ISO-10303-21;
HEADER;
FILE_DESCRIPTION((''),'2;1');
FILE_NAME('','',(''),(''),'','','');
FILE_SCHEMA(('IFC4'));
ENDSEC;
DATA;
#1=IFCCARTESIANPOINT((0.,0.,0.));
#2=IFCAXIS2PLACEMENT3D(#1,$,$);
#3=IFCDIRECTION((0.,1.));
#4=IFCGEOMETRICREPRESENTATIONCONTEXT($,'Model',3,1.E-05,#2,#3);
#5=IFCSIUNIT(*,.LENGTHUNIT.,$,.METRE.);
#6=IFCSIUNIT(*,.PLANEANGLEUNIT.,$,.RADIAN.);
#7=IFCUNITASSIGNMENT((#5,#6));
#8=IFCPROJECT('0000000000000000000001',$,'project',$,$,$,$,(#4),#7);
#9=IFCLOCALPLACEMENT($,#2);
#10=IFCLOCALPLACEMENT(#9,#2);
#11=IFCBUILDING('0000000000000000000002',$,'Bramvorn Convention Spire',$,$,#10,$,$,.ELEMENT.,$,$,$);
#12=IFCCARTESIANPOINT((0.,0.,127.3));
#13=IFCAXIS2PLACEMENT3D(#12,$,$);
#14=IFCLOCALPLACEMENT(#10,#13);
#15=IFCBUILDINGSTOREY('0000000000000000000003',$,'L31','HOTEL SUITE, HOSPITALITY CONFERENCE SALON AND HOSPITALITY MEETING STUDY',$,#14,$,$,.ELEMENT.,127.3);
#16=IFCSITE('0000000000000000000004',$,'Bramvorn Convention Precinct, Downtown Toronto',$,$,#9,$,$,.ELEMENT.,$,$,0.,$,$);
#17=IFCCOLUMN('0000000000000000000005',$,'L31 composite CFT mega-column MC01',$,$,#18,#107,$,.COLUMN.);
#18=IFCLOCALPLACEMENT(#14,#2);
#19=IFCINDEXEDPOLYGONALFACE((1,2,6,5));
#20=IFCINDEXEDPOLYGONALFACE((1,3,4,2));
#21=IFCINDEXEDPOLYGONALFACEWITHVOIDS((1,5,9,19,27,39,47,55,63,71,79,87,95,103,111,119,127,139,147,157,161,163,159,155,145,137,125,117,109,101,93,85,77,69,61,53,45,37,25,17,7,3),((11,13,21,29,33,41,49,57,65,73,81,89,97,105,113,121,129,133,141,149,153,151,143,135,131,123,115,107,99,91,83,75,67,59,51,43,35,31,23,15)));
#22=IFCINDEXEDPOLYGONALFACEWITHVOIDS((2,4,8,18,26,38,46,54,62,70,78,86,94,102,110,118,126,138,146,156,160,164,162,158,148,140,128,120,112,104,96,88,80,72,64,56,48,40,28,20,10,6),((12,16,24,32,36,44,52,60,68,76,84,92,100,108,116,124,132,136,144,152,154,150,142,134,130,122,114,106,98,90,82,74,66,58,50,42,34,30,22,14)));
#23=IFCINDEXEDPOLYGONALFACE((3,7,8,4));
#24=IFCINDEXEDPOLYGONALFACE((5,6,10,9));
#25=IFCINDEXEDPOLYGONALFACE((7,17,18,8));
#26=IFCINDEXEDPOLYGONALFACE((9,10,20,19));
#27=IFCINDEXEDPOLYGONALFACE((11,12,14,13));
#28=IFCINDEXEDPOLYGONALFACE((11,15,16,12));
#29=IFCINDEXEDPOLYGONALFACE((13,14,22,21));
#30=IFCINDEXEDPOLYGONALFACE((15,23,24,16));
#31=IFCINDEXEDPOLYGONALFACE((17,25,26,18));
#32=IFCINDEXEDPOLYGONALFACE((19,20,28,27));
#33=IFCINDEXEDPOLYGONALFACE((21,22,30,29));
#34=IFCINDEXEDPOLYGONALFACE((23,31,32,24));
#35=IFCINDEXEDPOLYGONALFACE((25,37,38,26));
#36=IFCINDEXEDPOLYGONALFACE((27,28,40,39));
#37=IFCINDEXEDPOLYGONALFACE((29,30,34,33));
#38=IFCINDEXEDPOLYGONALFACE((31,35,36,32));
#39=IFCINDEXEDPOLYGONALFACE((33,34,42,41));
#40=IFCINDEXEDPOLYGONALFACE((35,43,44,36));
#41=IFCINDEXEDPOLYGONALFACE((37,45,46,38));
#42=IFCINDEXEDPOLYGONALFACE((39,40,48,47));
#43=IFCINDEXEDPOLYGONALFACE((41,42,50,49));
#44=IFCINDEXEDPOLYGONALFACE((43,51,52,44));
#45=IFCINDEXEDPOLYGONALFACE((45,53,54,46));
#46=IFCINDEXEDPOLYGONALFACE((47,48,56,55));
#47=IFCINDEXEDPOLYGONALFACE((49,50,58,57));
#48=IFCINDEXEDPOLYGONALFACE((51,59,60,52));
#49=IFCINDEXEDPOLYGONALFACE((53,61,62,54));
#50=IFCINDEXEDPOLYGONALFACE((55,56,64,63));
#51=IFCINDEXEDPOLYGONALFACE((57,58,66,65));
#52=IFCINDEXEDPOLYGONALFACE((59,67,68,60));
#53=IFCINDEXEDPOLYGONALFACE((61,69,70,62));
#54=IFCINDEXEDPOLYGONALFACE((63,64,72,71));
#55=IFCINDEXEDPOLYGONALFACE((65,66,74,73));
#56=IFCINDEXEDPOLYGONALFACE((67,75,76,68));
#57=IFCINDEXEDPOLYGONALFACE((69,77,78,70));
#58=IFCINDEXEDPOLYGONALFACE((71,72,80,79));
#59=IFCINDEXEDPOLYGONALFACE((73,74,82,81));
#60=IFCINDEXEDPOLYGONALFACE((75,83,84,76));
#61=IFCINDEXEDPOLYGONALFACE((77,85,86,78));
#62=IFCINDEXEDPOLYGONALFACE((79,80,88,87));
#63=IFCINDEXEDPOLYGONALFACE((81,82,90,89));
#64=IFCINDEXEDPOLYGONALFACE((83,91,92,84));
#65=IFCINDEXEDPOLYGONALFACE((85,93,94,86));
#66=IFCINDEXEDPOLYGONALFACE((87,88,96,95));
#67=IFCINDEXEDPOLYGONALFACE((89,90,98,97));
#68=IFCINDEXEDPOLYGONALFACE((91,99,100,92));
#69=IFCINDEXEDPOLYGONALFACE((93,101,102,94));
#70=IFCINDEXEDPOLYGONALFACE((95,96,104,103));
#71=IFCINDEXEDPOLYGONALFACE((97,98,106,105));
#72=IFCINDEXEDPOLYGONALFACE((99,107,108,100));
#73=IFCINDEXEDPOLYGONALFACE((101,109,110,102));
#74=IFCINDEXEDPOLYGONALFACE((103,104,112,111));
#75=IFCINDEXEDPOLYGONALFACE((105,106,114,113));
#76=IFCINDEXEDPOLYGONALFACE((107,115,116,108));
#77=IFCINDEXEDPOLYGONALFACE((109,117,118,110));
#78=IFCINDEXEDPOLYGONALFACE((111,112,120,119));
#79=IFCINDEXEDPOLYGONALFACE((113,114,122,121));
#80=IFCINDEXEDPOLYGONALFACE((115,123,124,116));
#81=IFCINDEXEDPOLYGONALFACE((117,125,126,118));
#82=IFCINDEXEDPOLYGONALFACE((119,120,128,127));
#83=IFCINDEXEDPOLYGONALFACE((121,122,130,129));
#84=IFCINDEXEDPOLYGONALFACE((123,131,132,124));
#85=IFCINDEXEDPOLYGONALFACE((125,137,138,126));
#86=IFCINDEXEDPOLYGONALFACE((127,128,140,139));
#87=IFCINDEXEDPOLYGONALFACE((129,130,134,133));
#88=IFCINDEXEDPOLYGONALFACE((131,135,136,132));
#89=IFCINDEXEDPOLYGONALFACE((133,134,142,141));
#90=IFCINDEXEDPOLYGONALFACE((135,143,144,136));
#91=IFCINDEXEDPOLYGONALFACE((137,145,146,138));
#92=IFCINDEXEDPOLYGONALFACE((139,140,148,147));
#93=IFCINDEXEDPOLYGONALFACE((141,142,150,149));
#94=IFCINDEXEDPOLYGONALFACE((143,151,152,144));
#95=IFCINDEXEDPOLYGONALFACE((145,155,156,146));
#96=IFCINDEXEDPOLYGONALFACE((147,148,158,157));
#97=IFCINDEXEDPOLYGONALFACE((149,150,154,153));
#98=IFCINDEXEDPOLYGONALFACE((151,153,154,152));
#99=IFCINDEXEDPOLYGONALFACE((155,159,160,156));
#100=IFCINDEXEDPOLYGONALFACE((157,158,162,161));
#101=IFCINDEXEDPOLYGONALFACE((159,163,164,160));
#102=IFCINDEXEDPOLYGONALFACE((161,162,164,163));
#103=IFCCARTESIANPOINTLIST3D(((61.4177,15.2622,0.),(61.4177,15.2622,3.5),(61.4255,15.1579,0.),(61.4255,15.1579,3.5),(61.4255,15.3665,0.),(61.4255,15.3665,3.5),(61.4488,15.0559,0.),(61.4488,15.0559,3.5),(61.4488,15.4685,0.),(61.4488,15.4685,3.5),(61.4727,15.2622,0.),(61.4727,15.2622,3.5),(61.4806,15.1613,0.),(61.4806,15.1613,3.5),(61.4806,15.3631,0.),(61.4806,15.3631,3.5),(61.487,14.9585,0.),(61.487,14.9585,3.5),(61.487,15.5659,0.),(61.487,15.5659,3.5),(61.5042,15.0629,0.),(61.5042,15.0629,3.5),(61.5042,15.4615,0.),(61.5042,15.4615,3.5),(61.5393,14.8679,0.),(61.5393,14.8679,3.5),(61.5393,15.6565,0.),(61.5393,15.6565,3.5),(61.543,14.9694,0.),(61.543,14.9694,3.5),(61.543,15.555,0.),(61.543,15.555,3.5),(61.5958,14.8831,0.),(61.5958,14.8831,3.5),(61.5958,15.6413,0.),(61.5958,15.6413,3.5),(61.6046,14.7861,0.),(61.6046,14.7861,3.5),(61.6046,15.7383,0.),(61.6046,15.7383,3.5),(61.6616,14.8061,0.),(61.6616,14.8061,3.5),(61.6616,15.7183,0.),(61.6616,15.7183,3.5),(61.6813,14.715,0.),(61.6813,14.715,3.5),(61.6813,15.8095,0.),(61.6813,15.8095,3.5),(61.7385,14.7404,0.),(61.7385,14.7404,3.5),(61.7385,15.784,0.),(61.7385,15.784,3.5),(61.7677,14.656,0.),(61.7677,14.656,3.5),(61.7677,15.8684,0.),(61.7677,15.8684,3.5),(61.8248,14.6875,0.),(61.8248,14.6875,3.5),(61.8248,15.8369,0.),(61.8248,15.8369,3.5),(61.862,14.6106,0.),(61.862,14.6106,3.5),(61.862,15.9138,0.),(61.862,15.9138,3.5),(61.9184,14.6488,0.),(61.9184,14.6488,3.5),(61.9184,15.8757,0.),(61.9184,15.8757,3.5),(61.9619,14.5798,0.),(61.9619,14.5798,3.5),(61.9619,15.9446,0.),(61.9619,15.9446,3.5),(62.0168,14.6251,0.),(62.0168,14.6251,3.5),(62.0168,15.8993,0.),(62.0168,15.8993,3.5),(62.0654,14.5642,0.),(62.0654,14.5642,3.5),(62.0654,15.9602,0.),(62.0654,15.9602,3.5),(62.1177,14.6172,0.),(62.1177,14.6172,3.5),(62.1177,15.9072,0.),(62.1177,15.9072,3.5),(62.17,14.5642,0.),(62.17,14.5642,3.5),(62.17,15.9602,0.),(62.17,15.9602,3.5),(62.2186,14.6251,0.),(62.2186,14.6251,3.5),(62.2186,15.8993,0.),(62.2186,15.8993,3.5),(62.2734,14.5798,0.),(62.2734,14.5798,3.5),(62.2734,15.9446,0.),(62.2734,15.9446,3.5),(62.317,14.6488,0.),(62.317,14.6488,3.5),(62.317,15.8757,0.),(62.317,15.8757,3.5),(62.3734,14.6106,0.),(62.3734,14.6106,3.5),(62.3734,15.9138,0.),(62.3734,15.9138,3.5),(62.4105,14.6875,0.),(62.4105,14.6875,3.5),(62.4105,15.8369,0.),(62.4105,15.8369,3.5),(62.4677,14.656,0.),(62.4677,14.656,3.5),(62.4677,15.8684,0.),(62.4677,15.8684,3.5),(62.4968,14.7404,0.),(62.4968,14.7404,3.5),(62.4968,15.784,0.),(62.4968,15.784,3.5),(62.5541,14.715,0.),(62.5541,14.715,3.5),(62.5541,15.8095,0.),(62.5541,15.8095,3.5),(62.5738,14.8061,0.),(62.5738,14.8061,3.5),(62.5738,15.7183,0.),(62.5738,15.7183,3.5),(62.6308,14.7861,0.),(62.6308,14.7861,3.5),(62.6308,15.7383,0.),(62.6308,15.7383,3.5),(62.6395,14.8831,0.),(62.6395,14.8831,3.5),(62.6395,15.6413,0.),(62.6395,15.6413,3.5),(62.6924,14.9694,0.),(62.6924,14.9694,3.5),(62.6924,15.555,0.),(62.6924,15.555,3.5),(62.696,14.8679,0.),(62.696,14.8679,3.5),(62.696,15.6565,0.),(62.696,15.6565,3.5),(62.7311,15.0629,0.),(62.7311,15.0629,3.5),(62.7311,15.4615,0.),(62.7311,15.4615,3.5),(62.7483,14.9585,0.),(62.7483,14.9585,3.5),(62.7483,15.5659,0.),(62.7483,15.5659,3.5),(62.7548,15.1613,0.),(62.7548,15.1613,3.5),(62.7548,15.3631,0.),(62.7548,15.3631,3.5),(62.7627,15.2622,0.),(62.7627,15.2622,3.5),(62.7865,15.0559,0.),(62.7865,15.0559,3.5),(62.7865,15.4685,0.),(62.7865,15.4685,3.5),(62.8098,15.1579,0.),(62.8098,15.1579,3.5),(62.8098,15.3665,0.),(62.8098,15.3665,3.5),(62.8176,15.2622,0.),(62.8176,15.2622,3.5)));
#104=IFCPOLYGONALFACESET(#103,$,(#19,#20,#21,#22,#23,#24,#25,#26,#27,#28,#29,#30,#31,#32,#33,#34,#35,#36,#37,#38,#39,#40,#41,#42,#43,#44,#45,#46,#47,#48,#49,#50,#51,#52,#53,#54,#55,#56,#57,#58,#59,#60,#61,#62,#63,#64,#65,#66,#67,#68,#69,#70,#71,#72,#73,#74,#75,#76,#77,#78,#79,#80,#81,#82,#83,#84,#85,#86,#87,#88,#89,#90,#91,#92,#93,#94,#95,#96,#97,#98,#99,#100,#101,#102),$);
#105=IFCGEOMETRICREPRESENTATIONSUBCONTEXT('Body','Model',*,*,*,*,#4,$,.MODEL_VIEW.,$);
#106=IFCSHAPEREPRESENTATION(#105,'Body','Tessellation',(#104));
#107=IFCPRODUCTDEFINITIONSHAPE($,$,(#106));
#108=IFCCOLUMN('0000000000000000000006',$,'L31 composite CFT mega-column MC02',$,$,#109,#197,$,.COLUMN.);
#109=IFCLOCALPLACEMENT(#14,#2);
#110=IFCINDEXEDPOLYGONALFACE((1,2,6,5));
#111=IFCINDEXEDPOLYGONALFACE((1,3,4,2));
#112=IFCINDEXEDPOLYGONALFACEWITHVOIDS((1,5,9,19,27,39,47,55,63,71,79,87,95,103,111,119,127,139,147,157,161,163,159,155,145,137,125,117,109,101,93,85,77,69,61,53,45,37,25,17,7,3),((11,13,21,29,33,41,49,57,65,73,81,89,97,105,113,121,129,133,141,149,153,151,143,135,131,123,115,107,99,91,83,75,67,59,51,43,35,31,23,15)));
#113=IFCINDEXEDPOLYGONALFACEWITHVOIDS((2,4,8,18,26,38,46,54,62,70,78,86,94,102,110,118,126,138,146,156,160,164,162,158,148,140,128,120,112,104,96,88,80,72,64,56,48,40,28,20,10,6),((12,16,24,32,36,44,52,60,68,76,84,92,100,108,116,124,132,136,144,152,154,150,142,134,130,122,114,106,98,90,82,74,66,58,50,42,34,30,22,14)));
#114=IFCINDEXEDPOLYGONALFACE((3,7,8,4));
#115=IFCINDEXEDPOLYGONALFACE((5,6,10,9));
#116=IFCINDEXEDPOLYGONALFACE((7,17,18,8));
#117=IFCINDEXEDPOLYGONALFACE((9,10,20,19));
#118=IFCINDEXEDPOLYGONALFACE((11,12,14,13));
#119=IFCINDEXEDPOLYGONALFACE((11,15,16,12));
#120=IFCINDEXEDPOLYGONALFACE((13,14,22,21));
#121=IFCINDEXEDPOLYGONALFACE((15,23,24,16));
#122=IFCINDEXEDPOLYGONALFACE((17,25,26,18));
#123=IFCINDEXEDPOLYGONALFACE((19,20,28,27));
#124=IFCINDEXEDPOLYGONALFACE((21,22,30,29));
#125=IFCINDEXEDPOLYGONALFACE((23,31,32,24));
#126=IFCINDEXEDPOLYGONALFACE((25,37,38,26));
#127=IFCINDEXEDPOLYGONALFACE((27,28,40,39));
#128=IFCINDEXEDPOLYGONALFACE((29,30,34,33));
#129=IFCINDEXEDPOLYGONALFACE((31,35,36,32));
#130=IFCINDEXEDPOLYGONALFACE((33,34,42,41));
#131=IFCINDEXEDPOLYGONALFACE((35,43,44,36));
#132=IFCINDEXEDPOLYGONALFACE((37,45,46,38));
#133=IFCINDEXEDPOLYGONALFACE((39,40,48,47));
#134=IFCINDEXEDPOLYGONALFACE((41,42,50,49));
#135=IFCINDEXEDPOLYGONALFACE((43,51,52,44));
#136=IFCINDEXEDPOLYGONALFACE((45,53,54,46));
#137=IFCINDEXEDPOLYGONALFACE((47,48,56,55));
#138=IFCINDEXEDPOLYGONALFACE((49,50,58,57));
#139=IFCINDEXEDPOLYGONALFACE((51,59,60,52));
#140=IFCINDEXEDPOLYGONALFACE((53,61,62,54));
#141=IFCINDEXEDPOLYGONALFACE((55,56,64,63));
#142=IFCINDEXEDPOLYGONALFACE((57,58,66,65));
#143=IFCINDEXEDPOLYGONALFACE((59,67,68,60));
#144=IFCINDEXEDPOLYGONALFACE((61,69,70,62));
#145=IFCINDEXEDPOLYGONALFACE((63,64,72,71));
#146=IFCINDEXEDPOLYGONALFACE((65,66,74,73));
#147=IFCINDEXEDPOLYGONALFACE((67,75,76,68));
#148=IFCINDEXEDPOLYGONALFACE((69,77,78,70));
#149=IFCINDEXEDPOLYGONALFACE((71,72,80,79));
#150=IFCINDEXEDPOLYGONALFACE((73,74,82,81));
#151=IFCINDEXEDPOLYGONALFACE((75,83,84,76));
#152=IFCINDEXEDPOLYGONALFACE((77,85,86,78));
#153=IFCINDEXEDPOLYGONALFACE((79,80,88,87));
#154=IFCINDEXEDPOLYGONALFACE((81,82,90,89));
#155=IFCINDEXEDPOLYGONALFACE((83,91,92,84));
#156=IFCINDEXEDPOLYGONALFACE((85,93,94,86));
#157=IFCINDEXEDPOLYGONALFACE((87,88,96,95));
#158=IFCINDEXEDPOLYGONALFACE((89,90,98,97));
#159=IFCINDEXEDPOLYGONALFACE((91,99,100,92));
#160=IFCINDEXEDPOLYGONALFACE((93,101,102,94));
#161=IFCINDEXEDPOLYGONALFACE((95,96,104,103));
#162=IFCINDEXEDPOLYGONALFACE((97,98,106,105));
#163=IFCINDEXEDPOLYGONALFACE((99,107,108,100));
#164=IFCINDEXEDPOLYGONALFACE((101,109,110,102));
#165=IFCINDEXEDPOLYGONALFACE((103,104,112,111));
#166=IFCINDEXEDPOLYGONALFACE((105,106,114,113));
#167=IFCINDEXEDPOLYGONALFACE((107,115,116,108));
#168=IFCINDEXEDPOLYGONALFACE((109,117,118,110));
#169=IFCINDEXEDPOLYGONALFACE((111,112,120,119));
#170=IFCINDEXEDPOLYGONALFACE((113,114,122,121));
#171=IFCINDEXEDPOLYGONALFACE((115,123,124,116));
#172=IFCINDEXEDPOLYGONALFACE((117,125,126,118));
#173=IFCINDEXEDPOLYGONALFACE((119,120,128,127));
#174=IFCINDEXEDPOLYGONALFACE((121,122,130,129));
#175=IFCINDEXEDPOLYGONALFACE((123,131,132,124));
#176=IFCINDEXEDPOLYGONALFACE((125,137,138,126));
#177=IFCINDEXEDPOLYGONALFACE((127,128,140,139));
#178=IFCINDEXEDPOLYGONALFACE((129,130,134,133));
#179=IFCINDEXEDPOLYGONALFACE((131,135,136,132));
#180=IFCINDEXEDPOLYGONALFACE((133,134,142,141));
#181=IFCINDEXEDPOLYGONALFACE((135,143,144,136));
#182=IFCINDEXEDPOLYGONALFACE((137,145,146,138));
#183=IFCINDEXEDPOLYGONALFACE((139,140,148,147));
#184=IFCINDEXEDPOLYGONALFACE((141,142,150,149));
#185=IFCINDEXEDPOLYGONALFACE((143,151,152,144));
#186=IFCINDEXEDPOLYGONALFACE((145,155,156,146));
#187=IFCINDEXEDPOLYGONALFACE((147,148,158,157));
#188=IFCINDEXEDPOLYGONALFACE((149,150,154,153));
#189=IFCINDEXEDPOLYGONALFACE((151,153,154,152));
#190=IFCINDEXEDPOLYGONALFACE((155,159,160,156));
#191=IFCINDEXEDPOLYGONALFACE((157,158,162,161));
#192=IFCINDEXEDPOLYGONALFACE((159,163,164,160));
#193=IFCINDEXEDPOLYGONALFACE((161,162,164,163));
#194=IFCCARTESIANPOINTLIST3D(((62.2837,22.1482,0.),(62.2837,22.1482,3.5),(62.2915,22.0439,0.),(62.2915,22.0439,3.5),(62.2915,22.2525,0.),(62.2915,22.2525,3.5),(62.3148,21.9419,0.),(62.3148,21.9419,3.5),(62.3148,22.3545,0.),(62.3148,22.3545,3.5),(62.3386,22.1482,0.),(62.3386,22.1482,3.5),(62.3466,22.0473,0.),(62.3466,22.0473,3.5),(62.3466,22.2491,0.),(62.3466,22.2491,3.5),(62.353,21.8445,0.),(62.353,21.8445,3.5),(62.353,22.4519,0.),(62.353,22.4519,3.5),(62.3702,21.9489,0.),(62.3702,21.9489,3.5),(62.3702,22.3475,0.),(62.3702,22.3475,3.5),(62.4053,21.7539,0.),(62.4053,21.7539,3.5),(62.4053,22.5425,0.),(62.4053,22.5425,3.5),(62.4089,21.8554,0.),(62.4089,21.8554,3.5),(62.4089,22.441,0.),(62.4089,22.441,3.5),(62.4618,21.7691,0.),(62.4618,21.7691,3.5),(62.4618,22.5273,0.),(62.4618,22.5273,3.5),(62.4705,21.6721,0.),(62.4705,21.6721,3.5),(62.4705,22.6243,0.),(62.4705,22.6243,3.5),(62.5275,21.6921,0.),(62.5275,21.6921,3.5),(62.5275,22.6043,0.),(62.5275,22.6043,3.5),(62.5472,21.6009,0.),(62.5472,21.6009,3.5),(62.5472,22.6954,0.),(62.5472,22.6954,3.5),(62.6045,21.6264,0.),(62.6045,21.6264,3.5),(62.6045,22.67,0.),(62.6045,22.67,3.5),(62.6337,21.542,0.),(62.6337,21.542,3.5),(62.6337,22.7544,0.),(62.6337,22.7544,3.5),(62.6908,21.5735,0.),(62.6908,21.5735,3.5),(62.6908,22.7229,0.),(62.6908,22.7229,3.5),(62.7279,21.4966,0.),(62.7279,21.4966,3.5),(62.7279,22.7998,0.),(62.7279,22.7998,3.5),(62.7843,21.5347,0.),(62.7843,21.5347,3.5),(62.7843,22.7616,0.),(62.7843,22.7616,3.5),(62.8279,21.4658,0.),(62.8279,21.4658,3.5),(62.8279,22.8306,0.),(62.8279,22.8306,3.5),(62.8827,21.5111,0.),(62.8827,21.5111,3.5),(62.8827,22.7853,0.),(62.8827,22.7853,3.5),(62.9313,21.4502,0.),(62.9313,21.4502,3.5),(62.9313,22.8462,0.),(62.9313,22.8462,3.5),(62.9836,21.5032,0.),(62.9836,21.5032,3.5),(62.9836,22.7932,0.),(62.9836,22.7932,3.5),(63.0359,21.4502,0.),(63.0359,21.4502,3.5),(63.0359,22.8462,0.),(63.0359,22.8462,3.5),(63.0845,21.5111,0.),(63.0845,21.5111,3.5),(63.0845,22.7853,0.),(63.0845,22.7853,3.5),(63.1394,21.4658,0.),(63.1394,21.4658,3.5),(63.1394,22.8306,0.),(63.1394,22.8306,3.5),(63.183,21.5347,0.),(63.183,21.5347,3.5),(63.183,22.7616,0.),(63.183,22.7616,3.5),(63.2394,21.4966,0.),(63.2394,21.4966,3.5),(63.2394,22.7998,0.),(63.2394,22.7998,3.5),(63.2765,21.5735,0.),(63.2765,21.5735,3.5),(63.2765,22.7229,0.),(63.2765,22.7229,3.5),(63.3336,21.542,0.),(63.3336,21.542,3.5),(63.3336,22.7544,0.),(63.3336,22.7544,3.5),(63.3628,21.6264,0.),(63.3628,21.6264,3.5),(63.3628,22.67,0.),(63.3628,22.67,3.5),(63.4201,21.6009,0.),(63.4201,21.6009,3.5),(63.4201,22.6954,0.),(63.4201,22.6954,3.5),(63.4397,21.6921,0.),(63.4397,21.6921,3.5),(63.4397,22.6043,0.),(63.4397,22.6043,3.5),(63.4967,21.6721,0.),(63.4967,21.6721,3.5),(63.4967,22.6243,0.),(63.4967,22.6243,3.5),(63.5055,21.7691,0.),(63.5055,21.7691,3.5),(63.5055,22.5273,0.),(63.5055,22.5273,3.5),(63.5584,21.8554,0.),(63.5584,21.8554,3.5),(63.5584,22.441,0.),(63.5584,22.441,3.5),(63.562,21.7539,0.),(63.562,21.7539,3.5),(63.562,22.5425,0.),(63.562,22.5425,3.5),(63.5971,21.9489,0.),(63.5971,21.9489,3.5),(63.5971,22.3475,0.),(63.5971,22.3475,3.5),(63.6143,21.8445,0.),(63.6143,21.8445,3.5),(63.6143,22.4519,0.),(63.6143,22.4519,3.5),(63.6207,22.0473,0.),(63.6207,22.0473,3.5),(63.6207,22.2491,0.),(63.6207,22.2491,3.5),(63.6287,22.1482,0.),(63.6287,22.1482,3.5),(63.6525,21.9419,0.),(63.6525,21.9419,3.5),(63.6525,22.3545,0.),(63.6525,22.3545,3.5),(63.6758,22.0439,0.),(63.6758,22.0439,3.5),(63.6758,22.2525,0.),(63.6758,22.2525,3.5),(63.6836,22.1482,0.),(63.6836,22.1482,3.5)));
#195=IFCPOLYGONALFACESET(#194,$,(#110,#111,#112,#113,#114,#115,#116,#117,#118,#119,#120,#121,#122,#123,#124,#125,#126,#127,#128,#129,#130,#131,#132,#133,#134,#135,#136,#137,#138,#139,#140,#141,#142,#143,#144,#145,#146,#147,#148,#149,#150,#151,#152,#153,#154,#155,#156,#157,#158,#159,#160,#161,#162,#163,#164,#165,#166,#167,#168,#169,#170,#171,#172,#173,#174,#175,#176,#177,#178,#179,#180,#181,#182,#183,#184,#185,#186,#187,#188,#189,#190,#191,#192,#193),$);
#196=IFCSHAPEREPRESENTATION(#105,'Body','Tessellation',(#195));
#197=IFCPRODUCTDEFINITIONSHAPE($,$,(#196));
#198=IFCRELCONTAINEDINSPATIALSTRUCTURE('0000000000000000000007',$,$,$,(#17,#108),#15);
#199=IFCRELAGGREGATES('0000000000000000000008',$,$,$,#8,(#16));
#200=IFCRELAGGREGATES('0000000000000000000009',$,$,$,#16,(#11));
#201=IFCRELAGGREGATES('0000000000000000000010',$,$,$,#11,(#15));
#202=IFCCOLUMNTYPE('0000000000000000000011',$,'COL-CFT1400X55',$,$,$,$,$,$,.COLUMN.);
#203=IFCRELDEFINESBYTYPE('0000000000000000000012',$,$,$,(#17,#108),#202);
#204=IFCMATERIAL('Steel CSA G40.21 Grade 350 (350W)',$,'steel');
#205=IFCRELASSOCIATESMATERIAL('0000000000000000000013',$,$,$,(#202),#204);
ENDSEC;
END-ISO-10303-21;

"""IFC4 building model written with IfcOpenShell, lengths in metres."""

from ifc_helpers import new_model, si_unit, direction, frame, origin, origin_2d, place, context, subcontext, project, spatial, hollow_circle, extrude, material, material_profile, profile_set, type_object, element, save


model = new_model("IFC4")

# Units and contexts
model_context = context("Model", 3, precision=1e-05, world=origin(), true_north=direction((0.0, 1.0)))
body_context = subcontext(model_context, "Body", "Model", "MODEL_VIEW")
ifc_project = project(units=[si_unit("LENGTHUNIT", "METRE"), si_unit("PLANEANGLEUNIT", "RADIAN")], contexts=[model_context])

# Site, building, storey
site_placement = place(None, origin())
site = spatial("IfcSite", under=ifc_project, at=site_placement, Name="Bramvorn Convention Precinct, Downtown Toronto", CompositionType="ELEMENT", RefElevation=0.0)
building_placement = place(site_placement, origin())
building = spatial("IfcBuilding", under=site, at=building_placement, Name="Bramvorn Convention Spire", CompositionType="ELEMENT")
storey_placement = place(building_placement, frame((0.0, 0.0, 127.3)))
storey = spatial("IfcBuildingStorey", under=building, at=storey_placement, Name="L31", Description="HOTEL SUITE, HOSPITALITY CONFERENCE SALON AND HOSPITALITY MEETING STUDY", CompositionType="ELEMENT", Elevation=127.3)

# Columns
ifc_material_1 = material(Name="Steel CSA G40.21 Grade 350 (350W)", Category="steel")
ifc_material_profile_1 = material_profile(ifc_material_1, hollow_circle(Radius=0.7, WallThickness=0.0549, at=origin_2d()))
ifc_profile_set_1 = profile_set([ifc_material_profile_1], Name="Steel CSA G40.21 Grade 350 (350W) - CFT1400X55")
column_type = type_object("IfcColumnType", Name="COL-CFT1400X55", PredefinedType="COLUMN", material=ifc_profile_set_1)
for number, where, z_axis, x_axis, name in (
    (1, (62.1177, 15.2622, 0.0), (0.0, 0.0, 1.0), (1.0, 0.0, 0.0), "L31 composite CFT mega-column MC01"),
    (2, (62.9836, 22.1482, 0.0), (0.0, 0.0, 1.0), (1.0, 0.0, 0.0), "L31 composite CFT mega-column MC02"),
):
    element("IfcColumn", number, at=place(storey_placement, frame(where, z_axis=z_axis, x_axis=x_axis)), inside=storey, type_object=column_type, Name=name, PredefinedType="COLUMN", context=body_context, shape_type="SweptSolid", body=[
        extrude(hollow_circle(Radius=0.7, WallThickness=0.0549, at=origin_2d()), origin(), (0.0, 0.0, 1.0), 3.5),
    ])

save(model, "model.ifc")
